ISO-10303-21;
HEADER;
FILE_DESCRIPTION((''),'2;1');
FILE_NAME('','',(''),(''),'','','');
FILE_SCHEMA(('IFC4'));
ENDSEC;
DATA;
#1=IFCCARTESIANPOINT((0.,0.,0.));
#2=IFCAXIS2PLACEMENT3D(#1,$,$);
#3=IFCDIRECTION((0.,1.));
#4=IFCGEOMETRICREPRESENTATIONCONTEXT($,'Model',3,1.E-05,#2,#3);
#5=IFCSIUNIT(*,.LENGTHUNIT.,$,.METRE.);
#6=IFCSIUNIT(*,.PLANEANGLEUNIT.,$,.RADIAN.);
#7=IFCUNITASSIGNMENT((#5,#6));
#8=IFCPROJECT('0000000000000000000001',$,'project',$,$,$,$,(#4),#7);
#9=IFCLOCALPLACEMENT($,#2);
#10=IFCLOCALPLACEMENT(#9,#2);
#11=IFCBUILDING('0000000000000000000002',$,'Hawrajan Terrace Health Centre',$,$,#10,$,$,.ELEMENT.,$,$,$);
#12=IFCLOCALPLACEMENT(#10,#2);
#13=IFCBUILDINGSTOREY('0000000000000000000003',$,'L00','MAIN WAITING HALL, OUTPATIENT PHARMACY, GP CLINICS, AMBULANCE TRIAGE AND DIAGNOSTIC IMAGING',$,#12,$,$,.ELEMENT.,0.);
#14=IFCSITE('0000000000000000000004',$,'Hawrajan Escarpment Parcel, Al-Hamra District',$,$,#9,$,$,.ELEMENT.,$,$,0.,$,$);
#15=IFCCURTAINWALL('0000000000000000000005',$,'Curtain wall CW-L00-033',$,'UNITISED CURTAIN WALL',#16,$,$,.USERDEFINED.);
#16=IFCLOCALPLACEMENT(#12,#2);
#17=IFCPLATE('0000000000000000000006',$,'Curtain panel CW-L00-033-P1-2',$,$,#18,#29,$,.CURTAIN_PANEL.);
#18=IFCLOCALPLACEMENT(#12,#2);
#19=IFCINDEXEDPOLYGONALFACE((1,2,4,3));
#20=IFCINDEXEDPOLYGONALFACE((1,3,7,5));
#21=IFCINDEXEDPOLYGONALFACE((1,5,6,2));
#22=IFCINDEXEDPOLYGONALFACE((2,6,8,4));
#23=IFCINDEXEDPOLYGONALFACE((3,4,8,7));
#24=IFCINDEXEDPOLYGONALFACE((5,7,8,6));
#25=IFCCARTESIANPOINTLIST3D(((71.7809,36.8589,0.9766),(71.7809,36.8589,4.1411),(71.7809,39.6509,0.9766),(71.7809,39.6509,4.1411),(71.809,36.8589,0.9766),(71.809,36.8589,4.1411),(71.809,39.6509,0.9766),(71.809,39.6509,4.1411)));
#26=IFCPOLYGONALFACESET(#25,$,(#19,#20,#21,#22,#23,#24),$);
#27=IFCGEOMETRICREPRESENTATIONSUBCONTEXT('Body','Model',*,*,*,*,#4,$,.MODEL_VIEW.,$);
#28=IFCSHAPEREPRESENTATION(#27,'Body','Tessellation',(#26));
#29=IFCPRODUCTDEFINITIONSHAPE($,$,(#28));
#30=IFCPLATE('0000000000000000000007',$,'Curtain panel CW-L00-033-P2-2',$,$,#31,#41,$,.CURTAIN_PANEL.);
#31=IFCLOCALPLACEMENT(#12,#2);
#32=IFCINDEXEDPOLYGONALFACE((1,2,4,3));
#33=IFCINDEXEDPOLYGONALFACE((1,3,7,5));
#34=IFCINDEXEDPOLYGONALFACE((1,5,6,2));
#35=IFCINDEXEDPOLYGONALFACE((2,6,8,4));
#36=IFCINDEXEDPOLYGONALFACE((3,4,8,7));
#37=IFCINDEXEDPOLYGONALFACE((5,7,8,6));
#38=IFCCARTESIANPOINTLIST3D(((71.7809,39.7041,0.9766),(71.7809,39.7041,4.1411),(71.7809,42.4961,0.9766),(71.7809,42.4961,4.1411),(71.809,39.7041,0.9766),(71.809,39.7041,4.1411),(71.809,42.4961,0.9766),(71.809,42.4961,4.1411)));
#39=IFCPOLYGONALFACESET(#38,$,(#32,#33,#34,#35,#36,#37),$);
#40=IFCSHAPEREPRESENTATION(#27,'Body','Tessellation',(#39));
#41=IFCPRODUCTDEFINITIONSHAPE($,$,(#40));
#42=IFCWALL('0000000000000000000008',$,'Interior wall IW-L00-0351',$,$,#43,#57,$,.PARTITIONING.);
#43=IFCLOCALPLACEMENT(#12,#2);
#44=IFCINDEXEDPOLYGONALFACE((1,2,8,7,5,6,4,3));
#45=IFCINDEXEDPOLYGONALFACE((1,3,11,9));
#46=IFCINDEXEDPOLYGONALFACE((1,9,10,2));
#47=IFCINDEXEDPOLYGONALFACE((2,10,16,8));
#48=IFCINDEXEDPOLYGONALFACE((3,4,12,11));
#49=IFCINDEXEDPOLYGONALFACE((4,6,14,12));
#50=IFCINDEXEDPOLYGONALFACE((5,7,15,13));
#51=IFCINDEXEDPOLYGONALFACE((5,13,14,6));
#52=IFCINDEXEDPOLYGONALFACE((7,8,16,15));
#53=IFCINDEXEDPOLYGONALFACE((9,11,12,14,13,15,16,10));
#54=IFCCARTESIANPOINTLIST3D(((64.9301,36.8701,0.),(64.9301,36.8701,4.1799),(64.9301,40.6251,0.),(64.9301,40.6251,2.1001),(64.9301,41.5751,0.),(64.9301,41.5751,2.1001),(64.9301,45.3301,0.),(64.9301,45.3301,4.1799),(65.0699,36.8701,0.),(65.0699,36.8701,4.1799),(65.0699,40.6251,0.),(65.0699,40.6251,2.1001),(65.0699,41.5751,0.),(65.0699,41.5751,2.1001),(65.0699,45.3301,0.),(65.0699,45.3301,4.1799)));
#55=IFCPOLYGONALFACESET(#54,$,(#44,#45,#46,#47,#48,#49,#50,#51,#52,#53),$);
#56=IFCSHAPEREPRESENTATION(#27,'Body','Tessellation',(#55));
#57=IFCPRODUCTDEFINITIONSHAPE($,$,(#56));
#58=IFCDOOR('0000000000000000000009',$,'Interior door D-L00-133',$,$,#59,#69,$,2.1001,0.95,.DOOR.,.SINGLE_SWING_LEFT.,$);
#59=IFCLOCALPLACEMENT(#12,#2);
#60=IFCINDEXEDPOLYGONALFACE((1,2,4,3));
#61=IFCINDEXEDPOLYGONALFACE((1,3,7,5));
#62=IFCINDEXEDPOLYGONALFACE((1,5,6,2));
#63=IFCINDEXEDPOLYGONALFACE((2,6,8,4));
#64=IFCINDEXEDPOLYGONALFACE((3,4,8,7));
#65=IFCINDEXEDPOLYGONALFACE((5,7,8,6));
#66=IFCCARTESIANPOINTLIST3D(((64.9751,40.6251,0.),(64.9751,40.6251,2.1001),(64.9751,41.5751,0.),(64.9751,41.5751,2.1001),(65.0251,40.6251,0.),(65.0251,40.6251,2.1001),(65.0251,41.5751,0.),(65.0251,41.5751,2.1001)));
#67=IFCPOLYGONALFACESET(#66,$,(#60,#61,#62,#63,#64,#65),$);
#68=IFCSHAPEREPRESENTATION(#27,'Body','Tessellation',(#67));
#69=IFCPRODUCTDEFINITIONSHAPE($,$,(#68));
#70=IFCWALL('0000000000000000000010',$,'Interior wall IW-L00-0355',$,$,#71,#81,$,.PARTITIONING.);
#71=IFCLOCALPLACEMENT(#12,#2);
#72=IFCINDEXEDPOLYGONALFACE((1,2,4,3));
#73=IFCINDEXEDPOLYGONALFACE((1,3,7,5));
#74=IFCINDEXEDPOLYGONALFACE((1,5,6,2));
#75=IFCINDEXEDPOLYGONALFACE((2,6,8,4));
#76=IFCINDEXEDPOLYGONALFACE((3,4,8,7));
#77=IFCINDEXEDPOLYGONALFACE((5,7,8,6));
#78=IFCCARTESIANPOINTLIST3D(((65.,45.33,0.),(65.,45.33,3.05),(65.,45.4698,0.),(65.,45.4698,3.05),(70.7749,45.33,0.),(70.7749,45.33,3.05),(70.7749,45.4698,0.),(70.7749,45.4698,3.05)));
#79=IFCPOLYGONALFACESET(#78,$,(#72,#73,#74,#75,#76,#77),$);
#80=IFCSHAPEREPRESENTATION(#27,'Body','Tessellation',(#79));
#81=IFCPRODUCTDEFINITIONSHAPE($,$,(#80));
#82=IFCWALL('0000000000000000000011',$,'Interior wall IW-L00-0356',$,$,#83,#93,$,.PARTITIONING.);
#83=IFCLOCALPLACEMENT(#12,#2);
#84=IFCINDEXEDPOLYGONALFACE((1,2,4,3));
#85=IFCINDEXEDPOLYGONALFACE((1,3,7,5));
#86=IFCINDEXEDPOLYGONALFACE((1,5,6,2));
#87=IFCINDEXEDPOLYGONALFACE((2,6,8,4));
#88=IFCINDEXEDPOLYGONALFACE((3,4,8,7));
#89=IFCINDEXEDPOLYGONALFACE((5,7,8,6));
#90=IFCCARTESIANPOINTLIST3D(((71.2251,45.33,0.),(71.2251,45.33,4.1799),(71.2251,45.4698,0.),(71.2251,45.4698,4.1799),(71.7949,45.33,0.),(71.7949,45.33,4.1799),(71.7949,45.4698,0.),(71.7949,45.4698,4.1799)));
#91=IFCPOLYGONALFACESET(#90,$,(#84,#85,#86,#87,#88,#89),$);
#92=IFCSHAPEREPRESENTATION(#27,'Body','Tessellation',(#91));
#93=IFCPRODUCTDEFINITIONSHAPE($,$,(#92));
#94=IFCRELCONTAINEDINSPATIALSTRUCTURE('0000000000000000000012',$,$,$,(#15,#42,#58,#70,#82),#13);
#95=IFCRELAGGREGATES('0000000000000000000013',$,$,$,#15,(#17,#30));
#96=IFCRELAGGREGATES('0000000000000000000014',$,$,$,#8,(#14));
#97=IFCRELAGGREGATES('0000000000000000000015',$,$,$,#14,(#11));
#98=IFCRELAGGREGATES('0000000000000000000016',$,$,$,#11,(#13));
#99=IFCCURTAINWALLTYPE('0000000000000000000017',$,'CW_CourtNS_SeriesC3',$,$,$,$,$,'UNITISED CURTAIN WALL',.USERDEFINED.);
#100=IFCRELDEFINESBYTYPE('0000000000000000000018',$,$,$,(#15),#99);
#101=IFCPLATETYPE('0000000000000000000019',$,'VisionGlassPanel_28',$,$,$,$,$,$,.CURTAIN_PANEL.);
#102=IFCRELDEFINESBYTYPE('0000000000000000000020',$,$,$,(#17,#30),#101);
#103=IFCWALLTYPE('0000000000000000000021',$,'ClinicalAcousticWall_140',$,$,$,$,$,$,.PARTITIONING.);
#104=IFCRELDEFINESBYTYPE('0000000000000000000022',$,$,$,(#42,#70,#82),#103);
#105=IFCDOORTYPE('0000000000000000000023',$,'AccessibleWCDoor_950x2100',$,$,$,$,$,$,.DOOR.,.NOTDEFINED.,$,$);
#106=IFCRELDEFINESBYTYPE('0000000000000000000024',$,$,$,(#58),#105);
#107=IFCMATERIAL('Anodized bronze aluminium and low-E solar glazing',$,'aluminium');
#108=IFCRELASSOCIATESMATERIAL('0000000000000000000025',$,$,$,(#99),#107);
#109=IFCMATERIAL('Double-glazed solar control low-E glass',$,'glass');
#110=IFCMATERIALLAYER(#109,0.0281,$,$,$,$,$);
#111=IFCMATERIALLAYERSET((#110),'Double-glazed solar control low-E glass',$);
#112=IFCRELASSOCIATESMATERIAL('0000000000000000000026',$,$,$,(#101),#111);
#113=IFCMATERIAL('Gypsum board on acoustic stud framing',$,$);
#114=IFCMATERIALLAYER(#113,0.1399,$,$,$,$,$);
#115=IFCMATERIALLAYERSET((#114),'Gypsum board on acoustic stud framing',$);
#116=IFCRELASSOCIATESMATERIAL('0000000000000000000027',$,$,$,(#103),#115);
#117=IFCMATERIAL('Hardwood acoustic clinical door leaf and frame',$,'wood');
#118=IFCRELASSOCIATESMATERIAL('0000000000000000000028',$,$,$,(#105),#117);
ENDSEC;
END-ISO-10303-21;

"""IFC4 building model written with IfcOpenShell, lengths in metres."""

from ifc_helpers import new_model, si_unit, direction, frame, frame_2d, origin, origin_2d, place, context, subcontext, project, spatial, rectangle, extrude, material, layer, layer_set, type_object, element, fill, aggregate, save


model = new_model("IFC4")

# Units and contexts
model_context = context("Model", 3, precision=1e-05, world=origin(), true_north=direction((0.0, 1.0)))
body_context = subcontext(model_context, "Body", "Model", "MODEL_VIEW")
ifc_project = project(units=[si_unit("LENGTHUNIT", "METRE"), si_unit("PLANEANGLEUNIT", "RADIAN")], contexts=[model_context])

# Site, building, storey
site_placement = place(None, origin())
site = spatial("IfcSite", under=ifc_project, at=site_placement, Name="Hawrajan Escarpment Parcel, Al-Hamra District", CompositionType="ELEMENT", RefElevation=0.0)
building_placement = place(site_placement, origin())
building = spatial("IfcBuilding", under=site, at=building_placement, Name="Hawrajan Terrace Health Centre", CompositionType="ELEMENT")
storey_placement = place(building_placement, origin())
storey = spatial("IfcBuildingStorey", under=building, at=storey_placement, Name="L00", Description="MAIN WAITING HALL, OUTPATIENT PHARMACY, GP CLINICS, AMBULANCE TRIAGE AND DIAGNOSTIC IMAGING", CompositionType="ELEMENT", Elevation=0.0)

# Curtain wall
ifc_material_1 = material(Name="Anodized bronze aluminium and low-E solar glazing", Category="aluminium")
curtain_wall_type = type_object("IfcCurtainWallType", Name="CW_CourtNS_SeriesC3", ElementType="UNITISED CURTAIN WALL", PredefinedType="USERDEFINED", material=ifc_material_1)
curtain_wall_placement = place(storey_placement, origin())
curtain_wall = element("IfcCurtainWall", 1, at=curtain_wall_placement, inside=storey, type_object=curtain_wall_type, Name="Curtain wall CW-L00-033", ObjectType="UNITISED CURTAIN WALL", PredefinedType="USERDEFINED")

# Plates
ifc_material_2 = material(Name="Double-glazed solar control low-E glass", Category="glass")
ifc_layer_1 = layer(ifc_material_2, 0.0281)
ifc_layer_set_1 = layer_set([ifc_layer_1], Name="Double-glazed solar control low-E glass")
plate_type_1 = type_object("IfcPlateType", Name="VisionGlassPanel_28", PredefinedType="CURTAIN_PANEL", material=ifc_layer_set_1)
plate_1_placement = place(storey_placement, frame((71.7949, 38.2549, 0.9766), z_axis=(0.0, 0.0, 1.0), x_axis=(0.0, 1.0, 0.0)))
plate_1 = element("IfcPlate", 2, at=plate_1_placement, type_object=plate_type_1, Name="Curtain panel CW-L00-033-P1-2", PredefinedType="CURTAIN_PANEL", context=body_context, shape_type="SweptSolid", body=[
    extrude(rectangle(XDim=2.792, YDim=0.0281, at=origin_2d()), origin(), (0.0, 0.0, 1.0), 3.1646),
])
plate_2_placement = place(storey_placement, frame((71.7949, 41.1001, 0.9766), z_axis=(0.0, 0.0, 1.0), x_axis=(0.0, 1.0, 0.0)))
plate_2 = element("IfcPlate", 3, at=plate_2_placement, type_object=plate_type_1, Name="Curtain panel CW-L00-033-P2-2", PredefinedType="CURTAIN_PANEL", context=body_context, shape_type="SweptSolid", body=[
    extrude(rectangle(XDim=2.792, YDim=0.0281, at=origin_2d()), origin(), (0.0, 0.0, 1.0), 3.1646),
])
aggregate(curtain_wall, [plate_1, plate_2])

# Wall, opening, door
ifc_material_3 = material(Name="Gypsum board on acoustic stud framing")
ifc_layer_2 = layer(ifc_material_3, 0.1399)
ifc_layer_set_2 = layer_set([ifc_layer_2], Name="Gypsum board on acoustic stud framing")
wall_type = type_object("IfcWallType", Name="ClinicalAcousticWall_140", PredefinedType="PARTITIONING", material=ifc_layer_set_2)
wall_1_placement = place(storey_placement, frame((65.0, 36.8701, 0.0), z_axis=(0.0, 0.0, 1.0), x_axis=(0.0, 1.0, 0.0)))
wall_1 = element("IfcWall", 4, at=wall_1_placement, inside=storey, type_object=wall_type, Name="Interior wall IW-L00-0351", PredefinedType="PARTITIONING", context=body_context, shape_type="SweptSolid", body=[
    extrude(rectangle(XDim=8.46, YDim=0.1399, at=frame_2d((4.23, 0.0))), origin(), (0.0, 0.0, 1.0), 4.1799),
])
opening_placement = place(wall_1_placement, frame((3.7549, 0.0, 0.0)))
opening = element("IfcOpeningElement", 5, at=opening_placement, cuts=wall_1, PredefinedType="OPENING", context=body_context, shape_type="SweptSolid", body=[
    extrude(rectangle(XDim=0.95, YDim=2.1001, at=frame_2d((0.4751, 1.05))), frame((0.0, 0.0798, 0.0), z_axis=(0.0, -1.0, 0.0), x_axis=(1.0, 0.0, 0.0)), (0.0, 0.0, 1.0), 0.1599),
])
ifc_material_4 = material(Name="Hardwood acoustic clinical door leaf and frame", Category="wood")
door_type = type_object("IfcDoorType", Name="AccessibleWCDoor_950x2100", OperationType="NOTDEFINED", PredefinedType="DOOR", material=ifc_material_4)
door_placement = place(opening_placement, origin())
door = element("IfcDoor", 6, at=door_placement, inside=storey, type_object=door_type, Name="Interior door D-L00-133", OperationType="SINGLE_SWING_LEFT", OverallHeight=2.1001, OverallWidth=0.95, PredefinedType="DOOR", context=body_context, shape_type="SweptSolid", body=[
    extrude(rectangle(XDim=0.95, YDim=2.1001, at=frame_2d((0.4751, 1.05))), frame((0.0, 0.0249, 0.0), z_axis=(0.0, -1.0, 0.0), x_axis=(1.0, 0.0, 0.0)), (0.0, 0.0, 1.0), 0.05),
])
fill(opening, door)

# Walls
wall_2_placement = place(storey_placement, frame((65.0, 45.3999, 0.0), z_axis=(0.0, 0.0, 1.0), x_axis=(1.0, 0.0, 0.0)))
element("IfcWall", 7, at=wall_2_placement, inside=storey, type_object=wall_type, Name="Interior wall IW-L00-0355", PredefinedType="PARTITIONING", context=body_context, shape_type="SweptSolid", body=[
    extrude(rectangle(XDim=5.7749, YDim=0.1399, at=frame_2d((2.8875, 0.0))), origin(), (0.0, 0.0, 1.0), 3.05),
])
wall_3_placement = place(storey_placement, frame((71.2251, 45.3999, 0.0), z_axis=(0.0, 0.0, 1.0), x_axis=(1.0, 0.0, 0.0)))
element("IfcWall", 8, at=wall_3_placement, inside=storey, type_object=wall_type, Name="Interior wall IW-L00-0356", PredefinedType="PARTITIONING", context=body_context, shape_type="SweptSolid", body=[
    extrude(rectangle(XDim=0.5698, YDim=0.1399, at=frame_2d((0.2849, 0.0))), origin(), (0.0, 0.0, 1.0), 4.1799),
])

save(model, "model.ifc")
